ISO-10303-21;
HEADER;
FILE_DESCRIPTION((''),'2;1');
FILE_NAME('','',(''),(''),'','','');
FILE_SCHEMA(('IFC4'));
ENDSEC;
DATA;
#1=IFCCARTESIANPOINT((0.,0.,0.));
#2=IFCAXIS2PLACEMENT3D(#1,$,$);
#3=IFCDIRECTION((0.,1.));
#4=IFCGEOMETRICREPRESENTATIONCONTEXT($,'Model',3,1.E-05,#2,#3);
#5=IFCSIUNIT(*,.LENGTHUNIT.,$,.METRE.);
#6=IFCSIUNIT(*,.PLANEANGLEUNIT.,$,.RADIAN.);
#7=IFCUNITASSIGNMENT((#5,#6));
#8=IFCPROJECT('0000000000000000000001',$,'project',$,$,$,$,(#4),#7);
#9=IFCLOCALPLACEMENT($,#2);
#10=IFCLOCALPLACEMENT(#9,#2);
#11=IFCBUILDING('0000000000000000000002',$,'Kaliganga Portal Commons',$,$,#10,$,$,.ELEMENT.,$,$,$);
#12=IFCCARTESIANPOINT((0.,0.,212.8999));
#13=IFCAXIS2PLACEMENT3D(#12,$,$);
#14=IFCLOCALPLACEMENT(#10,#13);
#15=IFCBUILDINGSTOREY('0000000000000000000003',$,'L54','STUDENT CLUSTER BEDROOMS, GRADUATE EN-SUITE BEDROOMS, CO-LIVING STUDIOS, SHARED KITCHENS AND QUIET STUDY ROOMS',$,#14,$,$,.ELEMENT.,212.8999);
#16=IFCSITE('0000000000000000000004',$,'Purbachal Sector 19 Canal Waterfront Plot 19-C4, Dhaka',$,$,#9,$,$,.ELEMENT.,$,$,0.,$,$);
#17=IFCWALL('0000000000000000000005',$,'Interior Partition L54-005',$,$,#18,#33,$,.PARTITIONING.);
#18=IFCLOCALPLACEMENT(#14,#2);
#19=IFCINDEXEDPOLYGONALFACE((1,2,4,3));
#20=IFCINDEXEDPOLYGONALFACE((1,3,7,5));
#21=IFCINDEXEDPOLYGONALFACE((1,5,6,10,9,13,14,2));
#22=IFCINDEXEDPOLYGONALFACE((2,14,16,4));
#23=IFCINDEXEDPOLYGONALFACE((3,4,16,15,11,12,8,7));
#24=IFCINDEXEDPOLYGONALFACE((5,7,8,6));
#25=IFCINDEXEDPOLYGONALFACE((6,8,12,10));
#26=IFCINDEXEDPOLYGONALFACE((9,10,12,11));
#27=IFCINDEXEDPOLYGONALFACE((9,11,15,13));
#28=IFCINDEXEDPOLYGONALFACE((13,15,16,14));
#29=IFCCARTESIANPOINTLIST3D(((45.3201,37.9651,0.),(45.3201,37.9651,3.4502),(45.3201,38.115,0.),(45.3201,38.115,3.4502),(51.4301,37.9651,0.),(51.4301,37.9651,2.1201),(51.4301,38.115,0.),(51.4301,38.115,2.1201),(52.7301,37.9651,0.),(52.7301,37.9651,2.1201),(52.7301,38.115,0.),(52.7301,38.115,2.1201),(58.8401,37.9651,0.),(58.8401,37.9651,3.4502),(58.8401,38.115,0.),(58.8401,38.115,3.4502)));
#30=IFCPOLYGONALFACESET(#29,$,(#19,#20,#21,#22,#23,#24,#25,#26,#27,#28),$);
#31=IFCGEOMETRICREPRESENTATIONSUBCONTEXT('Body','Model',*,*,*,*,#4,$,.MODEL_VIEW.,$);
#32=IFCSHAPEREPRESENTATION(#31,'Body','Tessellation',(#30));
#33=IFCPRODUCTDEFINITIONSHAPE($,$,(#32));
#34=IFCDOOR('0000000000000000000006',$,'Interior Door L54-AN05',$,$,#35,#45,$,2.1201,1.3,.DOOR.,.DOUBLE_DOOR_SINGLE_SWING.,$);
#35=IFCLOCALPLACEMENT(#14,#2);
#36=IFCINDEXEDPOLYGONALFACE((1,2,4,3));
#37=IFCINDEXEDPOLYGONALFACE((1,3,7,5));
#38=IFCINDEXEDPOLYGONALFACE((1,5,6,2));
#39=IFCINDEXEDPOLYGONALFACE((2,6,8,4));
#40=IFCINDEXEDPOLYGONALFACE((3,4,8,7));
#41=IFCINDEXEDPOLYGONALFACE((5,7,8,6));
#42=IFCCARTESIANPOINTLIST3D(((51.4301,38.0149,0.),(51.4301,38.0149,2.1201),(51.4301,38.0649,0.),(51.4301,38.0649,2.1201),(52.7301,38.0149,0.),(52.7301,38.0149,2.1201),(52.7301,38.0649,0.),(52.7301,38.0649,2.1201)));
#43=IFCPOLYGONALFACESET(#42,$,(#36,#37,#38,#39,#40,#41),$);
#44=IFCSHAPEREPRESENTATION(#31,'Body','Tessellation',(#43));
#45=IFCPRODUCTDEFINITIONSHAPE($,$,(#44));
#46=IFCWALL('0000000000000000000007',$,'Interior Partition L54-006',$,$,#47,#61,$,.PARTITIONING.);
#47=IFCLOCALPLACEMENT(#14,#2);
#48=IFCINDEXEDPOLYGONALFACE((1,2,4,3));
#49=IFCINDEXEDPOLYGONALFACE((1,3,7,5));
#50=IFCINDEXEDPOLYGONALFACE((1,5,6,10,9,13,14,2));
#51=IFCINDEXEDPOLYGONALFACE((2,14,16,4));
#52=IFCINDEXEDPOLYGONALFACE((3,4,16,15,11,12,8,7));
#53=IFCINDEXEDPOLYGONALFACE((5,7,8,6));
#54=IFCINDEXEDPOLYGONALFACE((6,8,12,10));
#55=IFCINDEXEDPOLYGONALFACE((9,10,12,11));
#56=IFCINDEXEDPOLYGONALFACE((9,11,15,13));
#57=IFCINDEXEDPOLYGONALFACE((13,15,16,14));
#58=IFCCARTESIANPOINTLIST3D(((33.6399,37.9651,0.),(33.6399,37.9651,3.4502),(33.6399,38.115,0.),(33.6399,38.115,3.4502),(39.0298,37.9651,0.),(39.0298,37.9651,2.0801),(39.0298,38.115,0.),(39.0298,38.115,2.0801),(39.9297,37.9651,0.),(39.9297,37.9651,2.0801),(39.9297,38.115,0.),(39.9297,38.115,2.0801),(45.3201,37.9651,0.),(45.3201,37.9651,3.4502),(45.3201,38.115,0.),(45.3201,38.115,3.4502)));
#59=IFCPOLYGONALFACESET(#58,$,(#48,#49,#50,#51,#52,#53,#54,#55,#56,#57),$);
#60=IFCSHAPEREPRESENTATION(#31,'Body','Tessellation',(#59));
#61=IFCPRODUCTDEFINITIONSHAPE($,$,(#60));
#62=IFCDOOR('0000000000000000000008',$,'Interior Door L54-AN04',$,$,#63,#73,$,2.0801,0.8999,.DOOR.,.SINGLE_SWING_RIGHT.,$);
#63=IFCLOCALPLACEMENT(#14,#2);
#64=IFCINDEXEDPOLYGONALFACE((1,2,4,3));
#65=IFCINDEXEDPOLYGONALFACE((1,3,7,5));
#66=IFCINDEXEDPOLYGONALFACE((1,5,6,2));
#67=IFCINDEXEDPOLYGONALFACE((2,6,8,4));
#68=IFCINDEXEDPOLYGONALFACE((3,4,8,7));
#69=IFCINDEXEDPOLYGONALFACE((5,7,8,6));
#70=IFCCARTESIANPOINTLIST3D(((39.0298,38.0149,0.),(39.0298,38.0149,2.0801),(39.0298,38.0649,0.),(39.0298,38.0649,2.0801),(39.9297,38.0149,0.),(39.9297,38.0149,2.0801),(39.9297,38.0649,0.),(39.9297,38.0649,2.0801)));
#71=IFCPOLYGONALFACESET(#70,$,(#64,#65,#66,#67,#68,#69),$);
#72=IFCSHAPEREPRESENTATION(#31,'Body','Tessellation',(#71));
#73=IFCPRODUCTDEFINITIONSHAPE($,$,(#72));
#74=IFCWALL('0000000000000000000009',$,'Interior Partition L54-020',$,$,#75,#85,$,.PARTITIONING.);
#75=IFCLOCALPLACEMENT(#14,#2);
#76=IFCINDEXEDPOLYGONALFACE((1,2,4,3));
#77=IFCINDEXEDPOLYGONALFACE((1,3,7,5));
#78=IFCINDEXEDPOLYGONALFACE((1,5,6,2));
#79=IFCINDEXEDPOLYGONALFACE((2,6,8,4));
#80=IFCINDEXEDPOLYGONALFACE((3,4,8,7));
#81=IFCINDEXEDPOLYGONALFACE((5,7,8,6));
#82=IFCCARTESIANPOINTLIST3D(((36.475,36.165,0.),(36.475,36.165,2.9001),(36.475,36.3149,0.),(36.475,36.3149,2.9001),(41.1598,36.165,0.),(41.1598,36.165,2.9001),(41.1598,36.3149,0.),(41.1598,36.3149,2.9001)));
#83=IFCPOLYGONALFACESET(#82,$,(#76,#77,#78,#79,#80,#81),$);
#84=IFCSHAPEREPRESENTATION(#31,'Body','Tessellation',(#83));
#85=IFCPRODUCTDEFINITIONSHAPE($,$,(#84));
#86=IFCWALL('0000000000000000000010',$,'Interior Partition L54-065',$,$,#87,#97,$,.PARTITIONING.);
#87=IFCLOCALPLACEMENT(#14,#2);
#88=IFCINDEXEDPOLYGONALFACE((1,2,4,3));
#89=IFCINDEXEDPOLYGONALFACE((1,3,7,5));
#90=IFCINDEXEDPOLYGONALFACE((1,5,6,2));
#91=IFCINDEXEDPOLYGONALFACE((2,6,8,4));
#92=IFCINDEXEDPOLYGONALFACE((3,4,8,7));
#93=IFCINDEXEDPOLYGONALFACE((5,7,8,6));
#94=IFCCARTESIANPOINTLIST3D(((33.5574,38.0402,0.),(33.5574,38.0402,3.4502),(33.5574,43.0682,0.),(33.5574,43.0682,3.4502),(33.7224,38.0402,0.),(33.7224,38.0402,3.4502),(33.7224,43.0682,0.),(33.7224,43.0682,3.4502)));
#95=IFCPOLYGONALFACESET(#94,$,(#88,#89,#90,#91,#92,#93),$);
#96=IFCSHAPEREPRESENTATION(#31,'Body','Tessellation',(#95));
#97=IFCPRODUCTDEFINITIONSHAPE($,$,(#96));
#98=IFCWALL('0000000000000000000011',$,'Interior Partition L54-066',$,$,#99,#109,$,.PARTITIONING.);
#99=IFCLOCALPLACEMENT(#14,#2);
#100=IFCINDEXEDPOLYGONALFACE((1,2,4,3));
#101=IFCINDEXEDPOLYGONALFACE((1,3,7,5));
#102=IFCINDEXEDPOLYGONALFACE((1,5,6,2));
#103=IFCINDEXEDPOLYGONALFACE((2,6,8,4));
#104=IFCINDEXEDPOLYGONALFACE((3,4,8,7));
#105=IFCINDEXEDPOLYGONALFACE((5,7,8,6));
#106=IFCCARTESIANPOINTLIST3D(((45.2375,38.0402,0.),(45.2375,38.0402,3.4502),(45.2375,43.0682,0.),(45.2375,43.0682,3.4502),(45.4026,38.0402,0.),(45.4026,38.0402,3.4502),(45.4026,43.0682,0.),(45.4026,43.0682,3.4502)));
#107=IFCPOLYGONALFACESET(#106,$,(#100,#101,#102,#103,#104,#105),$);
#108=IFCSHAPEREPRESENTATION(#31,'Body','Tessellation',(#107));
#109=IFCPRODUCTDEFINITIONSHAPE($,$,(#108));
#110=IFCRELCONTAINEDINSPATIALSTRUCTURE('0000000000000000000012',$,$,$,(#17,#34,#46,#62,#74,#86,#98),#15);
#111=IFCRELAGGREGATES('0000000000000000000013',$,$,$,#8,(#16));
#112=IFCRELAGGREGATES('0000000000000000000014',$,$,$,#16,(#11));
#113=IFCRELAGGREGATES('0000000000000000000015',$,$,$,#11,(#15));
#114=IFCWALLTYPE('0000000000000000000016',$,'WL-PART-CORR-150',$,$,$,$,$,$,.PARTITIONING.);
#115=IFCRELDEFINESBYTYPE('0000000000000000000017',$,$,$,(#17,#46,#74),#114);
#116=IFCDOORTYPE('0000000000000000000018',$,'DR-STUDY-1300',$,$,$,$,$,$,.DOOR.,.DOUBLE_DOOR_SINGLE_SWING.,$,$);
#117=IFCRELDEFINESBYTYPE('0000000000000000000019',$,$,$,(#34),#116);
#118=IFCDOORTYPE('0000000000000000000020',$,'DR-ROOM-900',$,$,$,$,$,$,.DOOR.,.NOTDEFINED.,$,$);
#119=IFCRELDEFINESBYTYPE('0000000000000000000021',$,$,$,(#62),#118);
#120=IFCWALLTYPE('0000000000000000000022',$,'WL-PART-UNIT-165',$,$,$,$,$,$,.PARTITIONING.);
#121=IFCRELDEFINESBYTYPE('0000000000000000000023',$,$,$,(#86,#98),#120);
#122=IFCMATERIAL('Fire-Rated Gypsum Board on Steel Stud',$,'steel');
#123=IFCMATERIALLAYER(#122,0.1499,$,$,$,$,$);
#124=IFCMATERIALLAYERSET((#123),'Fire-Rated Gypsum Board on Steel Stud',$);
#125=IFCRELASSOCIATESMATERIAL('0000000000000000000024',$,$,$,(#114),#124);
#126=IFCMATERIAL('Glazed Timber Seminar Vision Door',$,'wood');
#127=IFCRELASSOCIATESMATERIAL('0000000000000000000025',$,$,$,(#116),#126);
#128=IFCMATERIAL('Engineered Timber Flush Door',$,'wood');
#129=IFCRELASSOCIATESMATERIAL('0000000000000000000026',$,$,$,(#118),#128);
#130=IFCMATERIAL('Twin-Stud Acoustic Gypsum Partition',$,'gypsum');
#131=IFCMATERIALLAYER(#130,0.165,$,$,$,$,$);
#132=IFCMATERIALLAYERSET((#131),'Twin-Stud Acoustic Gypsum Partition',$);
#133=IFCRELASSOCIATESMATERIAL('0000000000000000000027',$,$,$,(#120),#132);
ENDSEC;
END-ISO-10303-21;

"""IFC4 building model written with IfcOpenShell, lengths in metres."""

from ifc_helpers import new_model, si_unit, direction, frame, frame_2d, origin, place, context, subcontext, project, spatial, rectangle, extrude, material, layer, layer_set, type_object, element, fill, save


model = new_model("IFC4")

# Units and contexts
model_context = context("Model", 3, precision=1e-05, world=origin(), true_north=direction((0.0, 1.0)))
body_context = subcontext(model_context, "Body", "Model", "MODEL_VIEW")
ifc_project = project(units=[si_unit("LENGTHUNIT", "METRE"), si_unit("PLANEANGLEUNIT", "RADIAN")], contexts=[model_context])

# Site, building, storey
site_placement = place(None, origin())
site = spatial("IfcSite", under=ifc_project, at=site_placement, Name="Purbachal Sector 19 Canal Waterfront Plot 19-C4, Dhaka", CompositionType="ELEMENT", RefElevation=0.0)
building_placement = place(site_placement, origin())
building = spatial("IfcBuilding", under=site, at=building_placement, Name="Kaliganga Portal Commons", CompositionType="ELEMENT")
storey_placement = place(building_placement, frame((0.0, 0.0, 212.8999)))
storey = spatial("IfcBuildingStorey", under=building, at=storey_placement, Name="L54", Description="STUDENT CLUSTER BEDROOMS, GRADUATE EN-SUITE BEDROOMS, CO-LIVING STUDIOS, SHARED KITCHENS AND QUIET STUDY ROOMS", CompositionType="ELEMENT", Elevation=212.8999)

# Walls, openings, doors
ifc_material_1 = material(Name="Fire-Rated Gypsum Board on Steel Stud", Category="steel")
ifc_layer_1 = layer(ifc_material_1, 0.1499)
ifc_layer_set_1 = layer_set([ifc_layer_1], Name="Fire-Rated Gypsum Board on Steel Stud")
wall_type_1 = type_object("IfcWallType", Name="WL-PART-CORR-150", PredefinedType="PARTITIONING", material=ifc_layer_set_1)
wall_1_placement = place(storey_placement, frame((45.3201, 38.04, 0.0), z_axis=(0.0, 0.0, 1.0), x_axis=(1.0, 0.0, 0.0)))
wall_1 = element("IfcWall", 1, at=wall_1_placement, inside=storey, type_object=wall_type_1, Name="Interior Partition L54-005", PredefinedType="PARTITIONING", context=body_context, shape_type="SweptSolid", body=[
    extrude(rectangle(XDim=13.52, YDim=0.1499, at=frame_2d((6.76, 0.0))), origin(), (0.0, 0.0, 1.0), 3.4502),
])
opening_1_placement = place(wall_1_placement, frame((6.1101, 0.0, 0.0)))
opening_1 = element("IfcOpeningElement", 2, at=opening_1_placement, cuts=wall_1, PredefinedType="OPENING", context=body_context, shape_type="SweptSolid", body=[
    extrude(rectangle(XDim=1.3, YDim=2.1201, at=frame_2d((0.6499, 1.0601))), frame((0.0, 0.085, 0.0), z_axis=(0.0, -1.0, 0.0), x_axis=(1.0, 0.0, 0.0)), (0.0, 0.0, 1.0), 0.1699),
])
ifc_material_2 = material(Name="Glazed Timber Seminar Vision Door", Category="wood")
door_type_1 = type_object("IfcDoorType", Name="DR-STUDY-1300", OperationType="DOUBLE_DOOR_SINGLE_SWING", PredefinedType="DOOR", material=ifc_material_2)
door_1_placement = place(opening_1_placement, origin())
door_1 = element("IfcDoor", 3, at=door_1_placement, inside=storey, type_object=door_type_1, Name="Interior Door L54-AN05", OperationType="DOUBLE_DOOR_SINGLE_SWING", OverallHeight=2.1201, OverallWidth=1.3, PredefinedType="DOOR", context=body_context, shape_type="SweptSolid", body=[
    extrude(rectangle(XDim=1.3, YDim=2.1201, at=frame_2d((0.6499, 1.0601))), frame((0.0, 0.0249, 0.0), z_axis=(0.0, -1.0, 0.0), x_axis=(1.0, 0.0, 0.0)), (0.0, 0.0, 1.0), 0.05),
])
fill(opening_1, door_1)
wall_2_placement = place(storey_placement, frame((33.6399, 38.04, 0.0), z_axis=(0.0, 0.0, 1.0), x_axis=(1.0, 0.0, 0.0)))
wall_2 = element("IfcWall", 4, at=wall_2_placement, inside=storey, type_object=wall_type_1, Name="Interior Partition L54-006", PredefinedType="PARTITIONING", context=body_context, shape_type="SweptSolid", body=[
    extrude(rectangle(XDim=11.6802, YDim=0.1499, at=frame_2d((5.8401, 0.0))), origin(), (0.0, 0.0, 1.0), 3.4502),
])
opening_2_placement = place(wall_2_placement, frame((5.3899, 0.0, 0.0)))
opening_2 = element("IfcOpeningElement", 5, at=opening_2_placement, cuts=wall_2, PredefinedType="OPENING", context=body_context, shape_type="SweptSolid", body=[
    extrude(rectangle(XDim=0.8999, YDim=2.0801, at=frame_2d((0.45, 1.04))), frame((0.0, 0.085, 0.0), z_axis=(0.0, -1.0, 0.0), x_axis=(1.0, 0.0, 0.0)), (0.0, 0.0, 1.0), 0.1699),
])
ifc_material_3 = material(Name="Engineered Timber Flush Door", Category="wood")
door_type_2 = type_object("IfcDoorType", Name="DR-ROOM-900", OperationType="NOTDEFINED", PredefinedType="DOOR", material=ifc_material_3)
door_2_placement = place(opening_2_placement, origin())
door_2 = element("IfcDoor", 6, at=door_2_placement, inside=storey, type_object=door_type_2, Name="Interior Door L54-AN04", OperationType="SINGLE_SWING_RIGHT", OverallHeight=2.0801, OverallWidth=0.8999, PredefinedType="DOOR", context=body_context, shape_type="SweptSolid", body=[
    extrude(rectangle(XDim=0.8999, YDim=2.0801, at=frame_2d((0.45, 1.04))), frame((0.0, 0.0249, 0.0), z_axis=(0.0, -1.0, 0.0), x_axis=(1.0, 0.0, 0.0)), (0.0, 0.0, 1.0), 0.05),
])
fill(opening_2, door_2)

# Wall
wall_3_placement = place(storey_placement, frame((36.4751, 36.24, 0.0), z_axis=(0.0, 0.0, 1.0), x_axis=(1.0, 0.0, 0.0)))
element("IfcWall", 7, at=wall_3_placement, inside=storey, type_object=wall_type_1, Name="Interior Partition L54-020", PredefinedType="PARTITIONING", context=body_context, shape_type="SweptSolid", body=[
    extrude(rectangle(XDim=4.6848, YDim=0.1499, at=frame_2d((2.3423, 0.0))), origin(), (0.0, 0.0, 1.0), 2.9001),
])

# Walls
ifc_material_4 = material(Name="Twin-Stud Acoustic Gypsum Partition", Category="gypsum")
ifc_layer_2 = layer(ifc_material_4, 0.165)
ifc_layer_set_2 = layer_set([ifc_layer_2], Name="Twin-Stud Acoustic Gypsum Partition")
wall_type_2 = type_object("IfcWallType", Name="WL-PART-UNIT-165", PredefinedType="PARTITIONING", material=ifc_layer_set_2)
for number, where, z_axis, x_axis, name in (
    (8, (33.6399, 38.04, 0.0), (0.0, 0.0, 1.0), (0.0, 1.0, 0.0), "Interior Partition L54-065"),
    (9, (45.3201, 38.04, 0.0), (0.0, 0.0, 1.0), (0.0, 1.0, 0.0), "Interior Partition L54-066"),
):
    element("IfcWall", number, at=place(storey_placement, frame(where, z_axis=z_axis, x_axis=x_axis)), inside=storey, type_object=wall_type_2, Name=name, PredefinedType="PARTITIONING", context=body_context, shape_type="SweptSolid", body=[
        extrude(rectangle(XDim=5.0281, YDim=0.165, at=frame_2d((2.5142, 0.0))), origin(), (0.0, 0.0, 1.0), 3.4502),
    ])

save(model, "model.ifc")
